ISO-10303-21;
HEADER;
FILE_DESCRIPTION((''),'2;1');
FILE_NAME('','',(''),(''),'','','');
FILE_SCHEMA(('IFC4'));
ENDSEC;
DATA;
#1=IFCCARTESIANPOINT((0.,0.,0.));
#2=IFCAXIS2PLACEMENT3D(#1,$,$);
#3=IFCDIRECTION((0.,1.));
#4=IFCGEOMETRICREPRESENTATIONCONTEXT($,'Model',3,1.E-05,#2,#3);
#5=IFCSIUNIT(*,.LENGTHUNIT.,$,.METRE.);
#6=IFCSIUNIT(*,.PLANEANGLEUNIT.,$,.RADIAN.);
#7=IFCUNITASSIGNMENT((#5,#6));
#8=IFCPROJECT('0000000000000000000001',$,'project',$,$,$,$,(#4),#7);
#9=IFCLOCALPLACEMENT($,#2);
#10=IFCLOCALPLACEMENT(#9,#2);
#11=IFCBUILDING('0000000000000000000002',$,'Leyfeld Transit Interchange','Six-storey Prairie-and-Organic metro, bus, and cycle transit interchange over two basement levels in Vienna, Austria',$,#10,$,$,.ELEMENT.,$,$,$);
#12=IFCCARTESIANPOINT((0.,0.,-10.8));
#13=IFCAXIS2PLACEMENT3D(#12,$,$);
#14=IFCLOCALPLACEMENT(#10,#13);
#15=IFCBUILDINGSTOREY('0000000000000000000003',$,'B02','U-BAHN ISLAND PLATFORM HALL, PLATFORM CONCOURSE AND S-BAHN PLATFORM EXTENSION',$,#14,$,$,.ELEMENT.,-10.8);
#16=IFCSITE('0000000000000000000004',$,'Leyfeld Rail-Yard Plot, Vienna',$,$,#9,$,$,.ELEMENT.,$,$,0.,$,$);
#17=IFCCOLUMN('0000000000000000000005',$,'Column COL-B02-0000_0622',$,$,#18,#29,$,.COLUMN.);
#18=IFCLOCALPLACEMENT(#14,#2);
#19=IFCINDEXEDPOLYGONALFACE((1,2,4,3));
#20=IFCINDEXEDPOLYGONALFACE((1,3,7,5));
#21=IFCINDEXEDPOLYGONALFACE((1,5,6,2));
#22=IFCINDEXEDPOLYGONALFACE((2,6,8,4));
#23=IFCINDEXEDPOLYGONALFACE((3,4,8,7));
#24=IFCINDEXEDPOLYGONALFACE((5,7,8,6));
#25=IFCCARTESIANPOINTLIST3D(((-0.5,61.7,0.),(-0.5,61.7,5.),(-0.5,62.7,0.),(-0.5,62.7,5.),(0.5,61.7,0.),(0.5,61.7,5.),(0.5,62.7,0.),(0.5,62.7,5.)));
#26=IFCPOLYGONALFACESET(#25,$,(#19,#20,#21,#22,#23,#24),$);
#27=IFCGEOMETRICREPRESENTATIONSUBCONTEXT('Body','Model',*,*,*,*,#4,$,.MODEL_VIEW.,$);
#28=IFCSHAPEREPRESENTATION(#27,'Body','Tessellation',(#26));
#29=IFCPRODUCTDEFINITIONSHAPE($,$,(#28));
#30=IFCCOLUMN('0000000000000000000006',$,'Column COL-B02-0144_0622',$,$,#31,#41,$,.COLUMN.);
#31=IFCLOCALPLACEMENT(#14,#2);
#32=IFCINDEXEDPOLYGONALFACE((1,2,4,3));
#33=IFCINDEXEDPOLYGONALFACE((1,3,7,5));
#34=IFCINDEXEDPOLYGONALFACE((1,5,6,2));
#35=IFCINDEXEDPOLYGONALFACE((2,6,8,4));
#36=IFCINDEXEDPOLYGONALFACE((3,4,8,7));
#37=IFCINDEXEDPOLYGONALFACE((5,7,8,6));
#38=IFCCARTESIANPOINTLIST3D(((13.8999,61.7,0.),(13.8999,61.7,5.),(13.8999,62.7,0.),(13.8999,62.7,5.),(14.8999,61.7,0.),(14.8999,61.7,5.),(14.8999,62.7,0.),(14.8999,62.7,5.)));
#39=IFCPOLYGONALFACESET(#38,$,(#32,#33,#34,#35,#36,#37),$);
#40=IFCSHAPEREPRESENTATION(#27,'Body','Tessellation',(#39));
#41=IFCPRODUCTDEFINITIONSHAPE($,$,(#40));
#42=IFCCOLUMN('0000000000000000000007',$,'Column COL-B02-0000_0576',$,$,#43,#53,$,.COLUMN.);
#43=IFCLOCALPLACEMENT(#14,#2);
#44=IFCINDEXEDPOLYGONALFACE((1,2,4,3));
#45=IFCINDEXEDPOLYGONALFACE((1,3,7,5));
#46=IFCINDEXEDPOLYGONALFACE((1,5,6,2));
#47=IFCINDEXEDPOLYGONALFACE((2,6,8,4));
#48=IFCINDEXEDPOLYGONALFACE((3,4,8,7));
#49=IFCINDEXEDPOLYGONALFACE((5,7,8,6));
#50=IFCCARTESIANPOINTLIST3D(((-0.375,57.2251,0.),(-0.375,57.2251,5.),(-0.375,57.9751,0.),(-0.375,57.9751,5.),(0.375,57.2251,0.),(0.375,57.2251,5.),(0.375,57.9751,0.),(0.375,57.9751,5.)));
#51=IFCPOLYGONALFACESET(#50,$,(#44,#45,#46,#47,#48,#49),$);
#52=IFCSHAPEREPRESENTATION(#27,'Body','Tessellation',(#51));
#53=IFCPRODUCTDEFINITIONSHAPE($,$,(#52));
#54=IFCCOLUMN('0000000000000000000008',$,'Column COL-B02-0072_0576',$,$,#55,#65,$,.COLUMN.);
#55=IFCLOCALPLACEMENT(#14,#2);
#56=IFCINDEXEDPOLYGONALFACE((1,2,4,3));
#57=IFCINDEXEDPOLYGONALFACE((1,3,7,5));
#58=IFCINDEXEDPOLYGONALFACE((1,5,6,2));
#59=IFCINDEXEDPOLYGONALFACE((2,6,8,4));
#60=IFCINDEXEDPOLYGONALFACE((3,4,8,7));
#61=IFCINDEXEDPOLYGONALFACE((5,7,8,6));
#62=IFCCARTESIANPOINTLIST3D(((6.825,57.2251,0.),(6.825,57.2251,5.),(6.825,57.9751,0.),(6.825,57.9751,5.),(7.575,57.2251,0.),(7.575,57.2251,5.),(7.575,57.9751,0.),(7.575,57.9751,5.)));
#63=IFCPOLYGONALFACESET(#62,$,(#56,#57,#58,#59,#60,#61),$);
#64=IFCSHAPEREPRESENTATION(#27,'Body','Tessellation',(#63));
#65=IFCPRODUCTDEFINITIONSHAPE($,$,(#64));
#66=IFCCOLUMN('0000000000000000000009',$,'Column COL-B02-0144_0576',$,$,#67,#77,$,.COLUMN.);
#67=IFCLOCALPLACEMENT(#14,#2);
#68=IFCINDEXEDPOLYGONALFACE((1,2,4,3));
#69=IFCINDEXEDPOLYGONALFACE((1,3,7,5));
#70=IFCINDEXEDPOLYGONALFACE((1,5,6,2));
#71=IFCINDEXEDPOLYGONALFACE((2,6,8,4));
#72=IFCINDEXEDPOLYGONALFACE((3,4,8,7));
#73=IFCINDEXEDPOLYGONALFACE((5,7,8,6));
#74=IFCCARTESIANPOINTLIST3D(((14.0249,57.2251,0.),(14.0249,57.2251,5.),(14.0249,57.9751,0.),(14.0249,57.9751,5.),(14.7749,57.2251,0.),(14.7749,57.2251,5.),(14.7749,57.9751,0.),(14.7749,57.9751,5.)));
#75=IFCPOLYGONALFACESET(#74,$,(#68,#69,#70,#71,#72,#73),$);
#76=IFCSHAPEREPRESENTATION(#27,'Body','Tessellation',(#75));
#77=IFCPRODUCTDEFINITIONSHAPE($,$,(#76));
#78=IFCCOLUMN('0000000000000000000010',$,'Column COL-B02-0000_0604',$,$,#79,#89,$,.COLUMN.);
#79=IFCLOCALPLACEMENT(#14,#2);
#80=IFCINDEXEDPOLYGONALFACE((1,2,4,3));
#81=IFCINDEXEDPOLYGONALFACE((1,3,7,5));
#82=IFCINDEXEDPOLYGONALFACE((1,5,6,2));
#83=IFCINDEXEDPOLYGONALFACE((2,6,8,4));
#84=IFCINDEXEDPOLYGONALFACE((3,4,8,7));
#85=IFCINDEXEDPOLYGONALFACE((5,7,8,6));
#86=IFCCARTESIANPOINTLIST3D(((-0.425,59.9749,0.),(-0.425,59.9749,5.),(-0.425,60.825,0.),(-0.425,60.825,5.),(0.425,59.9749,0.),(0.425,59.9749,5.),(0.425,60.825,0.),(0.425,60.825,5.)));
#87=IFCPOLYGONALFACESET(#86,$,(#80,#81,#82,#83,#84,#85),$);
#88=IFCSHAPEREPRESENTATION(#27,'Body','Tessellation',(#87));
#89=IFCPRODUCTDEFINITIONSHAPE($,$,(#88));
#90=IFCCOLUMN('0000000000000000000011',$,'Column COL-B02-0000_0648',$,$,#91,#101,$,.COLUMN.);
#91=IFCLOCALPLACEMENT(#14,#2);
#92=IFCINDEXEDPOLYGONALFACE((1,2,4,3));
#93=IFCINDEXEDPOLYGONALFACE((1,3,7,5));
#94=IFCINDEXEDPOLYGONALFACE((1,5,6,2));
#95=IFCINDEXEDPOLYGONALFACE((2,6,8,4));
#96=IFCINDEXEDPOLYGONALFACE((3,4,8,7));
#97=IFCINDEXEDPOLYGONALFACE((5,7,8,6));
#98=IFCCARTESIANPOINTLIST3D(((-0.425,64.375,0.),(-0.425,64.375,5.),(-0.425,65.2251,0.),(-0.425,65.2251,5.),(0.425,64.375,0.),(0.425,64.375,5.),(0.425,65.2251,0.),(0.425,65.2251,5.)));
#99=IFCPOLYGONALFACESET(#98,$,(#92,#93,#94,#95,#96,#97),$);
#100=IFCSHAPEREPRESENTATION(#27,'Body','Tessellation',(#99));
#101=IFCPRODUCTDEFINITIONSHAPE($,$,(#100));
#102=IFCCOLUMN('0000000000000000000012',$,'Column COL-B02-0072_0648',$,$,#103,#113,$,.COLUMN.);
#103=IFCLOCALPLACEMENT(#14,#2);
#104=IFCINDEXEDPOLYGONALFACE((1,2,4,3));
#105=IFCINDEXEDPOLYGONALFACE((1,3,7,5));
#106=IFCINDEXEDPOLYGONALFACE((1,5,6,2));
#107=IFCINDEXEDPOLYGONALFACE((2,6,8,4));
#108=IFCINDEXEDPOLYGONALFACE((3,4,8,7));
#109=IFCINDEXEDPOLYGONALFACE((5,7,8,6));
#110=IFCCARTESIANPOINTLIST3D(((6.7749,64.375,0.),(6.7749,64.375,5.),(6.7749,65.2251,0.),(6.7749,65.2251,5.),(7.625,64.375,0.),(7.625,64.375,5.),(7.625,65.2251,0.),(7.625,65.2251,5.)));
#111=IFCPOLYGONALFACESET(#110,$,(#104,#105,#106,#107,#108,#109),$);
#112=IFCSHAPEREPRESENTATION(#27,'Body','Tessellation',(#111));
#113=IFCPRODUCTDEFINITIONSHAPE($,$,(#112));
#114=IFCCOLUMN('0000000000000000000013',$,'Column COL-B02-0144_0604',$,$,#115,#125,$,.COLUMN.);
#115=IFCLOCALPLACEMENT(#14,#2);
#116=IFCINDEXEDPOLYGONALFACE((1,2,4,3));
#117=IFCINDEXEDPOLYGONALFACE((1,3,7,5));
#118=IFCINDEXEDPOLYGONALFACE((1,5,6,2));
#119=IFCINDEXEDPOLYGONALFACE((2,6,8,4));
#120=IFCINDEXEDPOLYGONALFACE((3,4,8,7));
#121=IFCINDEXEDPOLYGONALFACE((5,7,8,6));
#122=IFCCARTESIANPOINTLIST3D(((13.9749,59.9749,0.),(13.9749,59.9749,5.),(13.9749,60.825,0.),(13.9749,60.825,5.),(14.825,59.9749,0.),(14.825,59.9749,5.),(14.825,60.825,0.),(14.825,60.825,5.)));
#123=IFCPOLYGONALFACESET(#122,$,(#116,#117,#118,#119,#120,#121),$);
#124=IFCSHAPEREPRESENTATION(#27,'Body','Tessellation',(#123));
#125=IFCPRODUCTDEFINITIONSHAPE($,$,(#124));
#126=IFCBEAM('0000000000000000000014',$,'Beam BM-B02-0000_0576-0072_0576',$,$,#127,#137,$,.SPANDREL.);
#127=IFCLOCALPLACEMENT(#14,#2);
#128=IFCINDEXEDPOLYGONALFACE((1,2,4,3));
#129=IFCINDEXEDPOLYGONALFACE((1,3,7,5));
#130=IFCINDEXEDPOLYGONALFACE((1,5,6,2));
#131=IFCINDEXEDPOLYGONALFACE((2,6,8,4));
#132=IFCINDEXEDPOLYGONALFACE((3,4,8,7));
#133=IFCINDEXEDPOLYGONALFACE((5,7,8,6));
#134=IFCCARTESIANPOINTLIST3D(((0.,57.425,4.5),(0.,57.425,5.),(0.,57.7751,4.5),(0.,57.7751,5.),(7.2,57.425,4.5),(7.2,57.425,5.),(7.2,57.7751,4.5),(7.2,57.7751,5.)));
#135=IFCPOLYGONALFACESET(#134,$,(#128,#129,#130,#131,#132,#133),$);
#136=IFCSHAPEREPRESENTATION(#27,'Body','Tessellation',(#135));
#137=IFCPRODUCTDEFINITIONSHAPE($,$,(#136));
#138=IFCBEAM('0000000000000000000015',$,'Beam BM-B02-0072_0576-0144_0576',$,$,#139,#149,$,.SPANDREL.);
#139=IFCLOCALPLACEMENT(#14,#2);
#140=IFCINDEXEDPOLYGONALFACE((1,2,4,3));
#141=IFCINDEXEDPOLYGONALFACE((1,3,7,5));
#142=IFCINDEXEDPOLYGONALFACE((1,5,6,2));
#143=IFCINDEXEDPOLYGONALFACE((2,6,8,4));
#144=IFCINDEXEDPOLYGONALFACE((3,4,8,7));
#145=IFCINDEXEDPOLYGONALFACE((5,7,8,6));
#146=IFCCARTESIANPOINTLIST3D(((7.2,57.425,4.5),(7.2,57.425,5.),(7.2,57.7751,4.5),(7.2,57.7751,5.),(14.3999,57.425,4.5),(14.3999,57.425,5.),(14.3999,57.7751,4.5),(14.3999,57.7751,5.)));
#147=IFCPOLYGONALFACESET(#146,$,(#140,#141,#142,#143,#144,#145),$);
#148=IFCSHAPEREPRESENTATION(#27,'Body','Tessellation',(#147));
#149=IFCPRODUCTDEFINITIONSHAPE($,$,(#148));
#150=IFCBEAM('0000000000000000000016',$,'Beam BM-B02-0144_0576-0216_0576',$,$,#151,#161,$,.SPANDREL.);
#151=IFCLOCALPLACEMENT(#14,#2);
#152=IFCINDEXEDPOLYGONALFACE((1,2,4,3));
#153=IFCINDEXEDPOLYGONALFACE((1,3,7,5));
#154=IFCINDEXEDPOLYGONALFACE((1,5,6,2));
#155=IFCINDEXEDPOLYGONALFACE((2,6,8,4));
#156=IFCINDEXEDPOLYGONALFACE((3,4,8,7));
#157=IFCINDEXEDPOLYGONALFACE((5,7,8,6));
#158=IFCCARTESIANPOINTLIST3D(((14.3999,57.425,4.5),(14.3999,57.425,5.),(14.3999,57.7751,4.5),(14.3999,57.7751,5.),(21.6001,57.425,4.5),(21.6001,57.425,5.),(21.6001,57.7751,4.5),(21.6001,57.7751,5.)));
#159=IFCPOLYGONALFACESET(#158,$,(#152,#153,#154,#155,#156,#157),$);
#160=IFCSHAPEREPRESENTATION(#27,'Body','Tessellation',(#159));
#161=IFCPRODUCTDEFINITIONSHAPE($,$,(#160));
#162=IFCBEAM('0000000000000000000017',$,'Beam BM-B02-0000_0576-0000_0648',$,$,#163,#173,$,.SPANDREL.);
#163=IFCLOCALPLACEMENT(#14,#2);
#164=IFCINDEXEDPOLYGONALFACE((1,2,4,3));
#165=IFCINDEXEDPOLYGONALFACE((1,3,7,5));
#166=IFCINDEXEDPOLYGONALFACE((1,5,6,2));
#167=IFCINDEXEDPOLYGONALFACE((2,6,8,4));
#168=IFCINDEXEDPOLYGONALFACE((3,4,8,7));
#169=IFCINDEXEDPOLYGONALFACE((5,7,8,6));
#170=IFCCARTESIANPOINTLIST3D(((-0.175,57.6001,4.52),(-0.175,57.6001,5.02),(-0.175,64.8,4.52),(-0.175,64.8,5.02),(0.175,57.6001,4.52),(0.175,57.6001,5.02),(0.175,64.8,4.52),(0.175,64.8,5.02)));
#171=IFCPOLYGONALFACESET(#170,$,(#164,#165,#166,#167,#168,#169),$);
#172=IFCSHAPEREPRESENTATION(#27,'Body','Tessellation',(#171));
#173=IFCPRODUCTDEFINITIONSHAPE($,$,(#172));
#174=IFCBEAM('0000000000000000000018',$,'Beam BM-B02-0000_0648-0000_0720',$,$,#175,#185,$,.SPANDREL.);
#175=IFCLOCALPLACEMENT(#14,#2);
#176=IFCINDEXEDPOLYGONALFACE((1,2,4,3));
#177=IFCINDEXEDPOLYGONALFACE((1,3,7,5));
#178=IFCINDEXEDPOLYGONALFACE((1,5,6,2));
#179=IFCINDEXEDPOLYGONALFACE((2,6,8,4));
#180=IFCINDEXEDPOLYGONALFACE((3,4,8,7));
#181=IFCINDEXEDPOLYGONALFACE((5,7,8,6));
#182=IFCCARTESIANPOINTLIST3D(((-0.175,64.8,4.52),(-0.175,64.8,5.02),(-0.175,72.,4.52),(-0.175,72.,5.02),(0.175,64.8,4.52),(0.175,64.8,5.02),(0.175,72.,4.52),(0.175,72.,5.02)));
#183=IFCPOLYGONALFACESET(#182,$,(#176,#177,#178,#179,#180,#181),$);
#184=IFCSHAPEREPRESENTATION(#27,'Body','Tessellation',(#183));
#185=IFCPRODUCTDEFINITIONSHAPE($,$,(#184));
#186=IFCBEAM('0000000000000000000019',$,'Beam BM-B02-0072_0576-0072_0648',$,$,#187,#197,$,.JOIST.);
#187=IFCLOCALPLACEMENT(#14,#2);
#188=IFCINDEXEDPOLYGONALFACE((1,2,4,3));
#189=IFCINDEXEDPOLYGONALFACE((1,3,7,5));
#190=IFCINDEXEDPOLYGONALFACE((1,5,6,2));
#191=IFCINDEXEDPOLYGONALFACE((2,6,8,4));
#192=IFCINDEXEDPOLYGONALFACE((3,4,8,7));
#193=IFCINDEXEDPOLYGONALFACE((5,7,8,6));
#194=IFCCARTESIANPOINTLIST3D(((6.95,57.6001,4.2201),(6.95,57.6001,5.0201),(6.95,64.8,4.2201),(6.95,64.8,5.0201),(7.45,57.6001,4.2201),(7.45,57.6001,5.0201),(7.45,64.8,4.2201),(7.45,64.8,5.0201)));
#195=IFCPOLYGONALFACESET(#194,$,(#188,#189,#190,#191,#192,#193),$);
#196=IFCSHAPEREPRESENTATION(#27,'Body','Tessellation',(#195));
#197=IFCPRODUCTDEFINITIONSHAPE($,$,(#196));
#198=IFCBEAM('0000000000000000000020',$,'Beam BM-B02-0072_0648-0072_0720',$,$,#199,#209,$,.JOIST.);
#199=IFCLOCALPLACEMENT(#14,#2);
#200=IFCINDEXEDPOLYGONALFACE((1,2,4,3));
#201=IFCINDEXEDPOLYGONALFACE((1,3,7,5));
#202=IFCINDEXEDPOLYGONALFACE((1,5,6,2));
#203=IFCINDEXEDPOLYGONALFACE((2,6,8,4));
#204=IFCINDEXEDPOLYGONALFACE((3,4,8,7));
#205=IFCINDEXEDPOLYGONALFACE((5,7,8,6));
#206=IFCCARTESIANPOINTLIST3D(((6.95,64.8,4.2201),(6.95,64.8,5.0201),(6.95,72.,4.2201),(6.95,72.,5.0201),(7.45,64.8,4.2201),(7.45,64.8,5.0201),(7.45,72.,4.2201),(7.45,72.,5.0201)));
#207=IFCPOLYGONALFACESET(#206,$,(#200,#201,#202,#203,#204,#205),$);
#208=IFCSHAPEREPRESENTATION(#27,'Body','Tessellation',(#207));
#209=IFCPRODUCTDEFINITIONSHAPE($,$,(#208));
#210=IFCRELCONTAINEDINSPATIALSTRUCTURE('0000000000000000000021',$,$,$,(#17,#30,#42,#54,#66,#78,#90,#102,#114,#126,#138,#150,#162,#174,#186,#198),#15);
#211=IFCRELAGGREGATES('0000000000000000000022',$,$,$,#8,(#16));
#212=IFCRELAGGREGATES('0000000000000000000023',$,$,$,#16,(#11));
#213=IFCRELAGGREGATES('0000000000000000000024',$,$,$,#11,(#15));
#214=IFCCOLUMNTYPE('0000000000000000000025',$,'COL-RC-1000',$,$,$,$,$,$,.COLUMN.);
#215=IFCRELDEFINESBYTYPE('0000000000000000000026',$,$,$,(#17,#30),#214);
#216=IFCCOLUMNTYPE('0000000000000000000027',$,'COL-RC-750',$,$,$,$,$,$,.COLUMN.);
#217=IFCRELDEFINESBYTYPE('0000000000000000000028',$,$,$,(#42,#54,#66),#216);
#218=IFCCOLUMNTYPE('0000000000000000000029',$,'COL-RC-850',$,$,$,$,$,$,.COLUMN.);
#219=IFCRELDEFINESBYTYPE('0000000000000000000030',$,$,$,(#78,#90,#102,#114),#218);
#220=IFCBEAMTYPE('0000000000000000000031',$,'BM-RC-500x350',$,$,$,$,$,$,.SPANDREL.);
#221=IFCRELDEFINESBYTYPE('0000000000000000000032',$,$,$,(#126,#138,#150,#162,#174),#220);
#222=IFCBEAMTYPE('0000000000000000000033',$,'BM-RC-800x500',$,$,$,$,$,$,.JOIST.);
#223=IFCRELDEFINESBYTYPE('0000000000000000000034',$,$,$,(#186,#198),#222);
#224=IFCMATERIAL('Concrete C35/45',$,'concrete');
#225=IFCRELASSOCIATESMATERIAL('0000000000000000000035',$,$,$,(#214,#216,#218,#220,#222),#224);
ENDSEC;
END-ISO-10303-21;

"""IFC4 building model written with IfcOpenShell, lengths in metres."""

from ifc_helpers import new_model, si_unit, direction, frame, origin, origin_2d, place, context, subcontext, project, spatial, rectangle, extrude, material, material_profile, profile_set, type_object, element, save


model = new_model("IFC4")

# Units and contexts
model_context = context("Model", 3, precision=1e-05, world=origin(), true_north=direction((0.0, 1.0)))
body_context = subcontext(model_context, "Body", "Model", "MODEL_VIEW")
ifc_project = project(units=[si_unit("LENGTHUNIT", "METRE"), si_unit("PLANEANGLEUNIT", "RADIAN")], contexts=[model_context])

# Site, building, storey
site_placement = place(None, origin())
site = spatial("IfcSite", under=ifc_project, at=site_placement, Name="Leyfeld Rail-Yard Plot, Vienna", CompositionType="ELEMENT", RefElevation=0.0)
building_placement = place(site_placement, origin())
building = spatial("IfcBuilding", under=site, at=building_placement, Name="Leyfeld Transit Interchange", Description="Six-storey Prairie-and-Organic metro, bus, and cycle transit interchange over two basement levels in Vienna, Austria", CompositionType="ELEMENT")
storey_placement = place(building_placement, frame((0.0, 0.0, -10.8)))
storey = spatial("IfcBuildingStorey", under=building, at=storey_placement, Name="B02", Description="U-BAHN ISLAND PLATFORM HALL, PLATFORM CONCOURSE AND S-BAHN PLATFORM EXTENSION", CompositionType="ELEMENT", Elevation=-10.8)

# Shared definitions
ifc_material_1 = material(Name="Concrete C35/45", Category="concrete")

# Columns
ifc_material_profile_1 = material_profile(ifc_material_1, rectangle(XDim=1.0, YDim=1.0, at=origin_2d()), Name="RC 1000x1000")
ifc_profile_set_1 = profile_set([ifc_material_profile_1], Name="Concrete C35/45")
column_type_1 = type_object("IfcColumnType", Name="COL-RC-1000", PredefinedType="COLUMN", material=ifc_profile_set_1)
for number, where, z_axis, x_axis, name in (
    (1, (0.0, 62.2, 0.0), (0.0, 0.0, 1.0), (1.0, 0.0, 0.0), "Column COL-B02-0000_0622"),
    (2, (14.3999, 62.2, 0.0), (0.0, 0.0, 1.0), (1.0, 0.0, 0.0), "Column COL-B02-0144_0622"),
):
    element("IfcColumn", number, at=place(storey_placement, frame(where, z_axis=z_axis, x_axis=x_axis)), inside=storey, type_object=column_type_1, Name=name, PredefinedType="COLUMN", context=body_context, shape_type="SweptSolid", body=[
        extrude(rectangle(XDim=1.0, YDim=1.0, at=origin_2d()), origin(), (0.0, 0.0, 1.0), 5.0),
    ])
ifc_material_profile_2 = material_profile(ifc_material_1, rectangle(XDim=0.75, YDim=0.75, at=origin_2d()), Name="RC 750x750")
ifc_profile_set_2 = profile_set([ifc_material_profile_2], Name="Concrete C35/45")
column_type_2 = type_object("IfcColumnType", Name="COL-RC-750", PredefinedType="COLUMN", material=ifc_profile_set_2)
for number, where, z_axis, x_axis, name in (
    (3, (0.0, 57.6001, 0.0), (0.0, 0.0, 1.0), (1.0, 0.0, 0.0), "Column COL-B02-0000_0576"),
    (4, (7.2, 57.6001, 0.0), (0.0, 0.0, 1.0), (1.0, 0.0, 0.0), "Column COL-B02-0072_0576"),
    (5, (14.3999, 57.6001, 0.0), (0.0, 0.0, 1.0), (1.0, 0.0, 0.0), "Column COL-B02-0144_0576"),
):
    element("IfcColumn", number, at=place(storey_placement, frame(where, z_axis=z_axis, x_axis=x_axis)), inside=storey, type_object=column_type_2, Name=name, PredefinedType="COLUMN", context=body_context, shape_type="SweptSolid", body=[
        extrude(rectangle(XDim=0.75, YDim=0.75, at=origin_2d()), origin(), (0.0, 0.0, 1.0), 5.0),
    ])
ifc_material_profile_3 = material_profile(ifc_material_1, rectangle(XDim=0.8501, YDim=0.8501, at=origin_2d()), Name="RC 850x850")
ifc_profile_set_3 = profile_set([ifc_material_profile_3], Name="Concrete C35/45")
column_type_3 = type_object("IfcColumnType", Name="COL-RC-850", PredefinedType="COLUMN", material=ifc_profile_set_3)
for number, where, z_axis, x_axis, name in (
    (6, (0.0, 60.3999, 0.0), (0.0, 0.0, 1.0), (1.0, 0.0, 0.0), "Column COL-B02-0000_0604"),
    (7, (0.0, 64.8, 0.0), (0.0, 0.0, 1.0), (1.0, 0.0, 0.0), "Column COL-B02-0000_0648"),
    (8, (7.2, 64.8, 0.0), (0.0, 0.0, 1.0), (1.0, 0.0, 0.0), "Column COL-B02-0072_0648"),
    (9, (14.3999, 60.3999, 0.0), (0.0, 0.0, 1.0), (1.0, 0.0, 0.0), "Column COL-B02-0144_0604"),
):
    element("IfcColumn", number, at=place(storey_placement, frame(where, z_axis=z_axis, x_axis=x_axis)), inside=storey, type_object=column_type_3, Name=name, PredefinedType="COLUMN", context=body_context, shape_type="SweptSolid", body=[
        extrude(rectangle(XDim=0.8501, YDim=0.8501, at=origin_2d()), origin(), (0.0, 0.0, 1.0), 5.0),
    ])

# Beams
ifc_material_profile_4 = material_profile(ifc_material_1, rectangle(XDim=0.3501, YDim=0.5, at=origin_2d()), Name="RC 500x350")
ifc_profile_set_4 = profile_set([ifc_material_profile_4], Name="Concrete C35/45")
beam_type_1 = type_object("IfcBeamType", Name="BM-RC-500x350", PredefinedType="SPANDREL", material=ifc_profile_set_4)
for number, where, z_axis, x_axis, name in (
    (10, (0.0, 57.6001, 4.75), (1.0, 0.0, 0.0), (0.0, 1.0, 0.0), "Beam BM-B02-0000_0576-0072_0576"),
    (11, (7.2, 57.6001, 4.75), (1.0, 0.0, 0.0), (0.0, 1.0, 0.0), "Beam BM-B02-0072_0576-0144_0576"),
):
    element("IfcBeam", number, at=place(storey_placement, frame(where, z_axis=z_axis, x_axis=x_axis)), inside=storey, type_object=beam_type_1, Name=name, PredefinedType="SPANDREL", context=body_context, shape_type="SweptSolid", body=[
        extrude(rectangle(XDim=0.3501, YDim=0.5, at=origin_2d()), origin(), (0.0, 0.0, 1.0), 7.2),
    ])
beam_1_placement = place(storey_placement, frame((14.3999, 57.6001, 4.75), z_axis=(1.0, 0.0, 0.0), x_axis=(0.0, 1.0, 0.0)))
element("IfcBeam", 12, at=beam_1_placement, inside=storey, type_object=beam_type_1, Name="Beam BM-B02-0144_0576-0216_0576", PredefinedType="SPANDREL", context=body_context, shape_type="SweptSolid", body=[
    extrude(rectangle(XDim=0.3501, YDim=0.5, at=origin_2d()), origin(), (0.0, 0.0, 1.0), 7.2002),
])
for number, where, z_axis, x_axis, name in (
    (13, (0.0, 57.6001, 4.77), (0.0, 1.0, 0.0), (-1.0, 0.0, 0.0), "Beam BM-B02-0000_0576-0000_0648"),
    (14, (0.0, 64.8, 4.77), (0.0, 1.0, 0.0), (-1.0, 0.0, 0.0), "Beam BM-B02-0000_0648-0000_0720"),
):
    element("IfcBeam", number, at=place(storey_placement, frame(where, z_axis=z_axis, x_axis=x_axis)), inside=storey, type_object=beam_type_1, Name=name, PredefinedType="SPANDREL", context=body_context, shape_type="SweptSolid", body=[
        extrude(rectangle(XDim=0.3501, YDim=0.5, at=origin_2d()), origin(), (0.0, 0.0, 1.0), 7.2),
    ])
ifc_material_profile_5 = material_profile(ifc_material_1, rectangle(XDim=0.5, YDim=0.8, at=origin_2d()), Name="RC 800x500")
ifc_profile_set_5 = profile_set([ifc_material_profile_5], Name="Concrete C35/45")
beam_type_2 = type_object("IfcBeamType", Name="BM-RC-800x500", PredefinedType="JOIST", material=ifc_profile_set_5)
for number, where, z_axis, x_axis, name in (
    (15, (7.2, 57.6001, 4.6201), (0.0, 1.0, 0.0), (-1.0, 0.0, 0.0), "Beam BM-B02-0072_0576-0072_0648"),
    (16, (7.2, 64.8, 4.6201), (0.0, 1.0, 0.0), (-1.0, 0.0, 0.0), "Beam BM-B02-0072_0648-0072_0720"),
):
    element("IfcBeam", number, at=place(storey_placement, frame(where, z_axis=z_axis, x_axis=x_axis)), inside=storey, type_object=beam_type_2, Name=name, PredefinedType="JOIST", context=body_context, shape_type="SweptSolid", body=[
        extrude(rectangle(XDim=0.5, YDim=0.8, at=origin_2d()), origin(), (0.0, 0.0, 1.0), 7.2),
    ])

save(model, "model.ifc")
